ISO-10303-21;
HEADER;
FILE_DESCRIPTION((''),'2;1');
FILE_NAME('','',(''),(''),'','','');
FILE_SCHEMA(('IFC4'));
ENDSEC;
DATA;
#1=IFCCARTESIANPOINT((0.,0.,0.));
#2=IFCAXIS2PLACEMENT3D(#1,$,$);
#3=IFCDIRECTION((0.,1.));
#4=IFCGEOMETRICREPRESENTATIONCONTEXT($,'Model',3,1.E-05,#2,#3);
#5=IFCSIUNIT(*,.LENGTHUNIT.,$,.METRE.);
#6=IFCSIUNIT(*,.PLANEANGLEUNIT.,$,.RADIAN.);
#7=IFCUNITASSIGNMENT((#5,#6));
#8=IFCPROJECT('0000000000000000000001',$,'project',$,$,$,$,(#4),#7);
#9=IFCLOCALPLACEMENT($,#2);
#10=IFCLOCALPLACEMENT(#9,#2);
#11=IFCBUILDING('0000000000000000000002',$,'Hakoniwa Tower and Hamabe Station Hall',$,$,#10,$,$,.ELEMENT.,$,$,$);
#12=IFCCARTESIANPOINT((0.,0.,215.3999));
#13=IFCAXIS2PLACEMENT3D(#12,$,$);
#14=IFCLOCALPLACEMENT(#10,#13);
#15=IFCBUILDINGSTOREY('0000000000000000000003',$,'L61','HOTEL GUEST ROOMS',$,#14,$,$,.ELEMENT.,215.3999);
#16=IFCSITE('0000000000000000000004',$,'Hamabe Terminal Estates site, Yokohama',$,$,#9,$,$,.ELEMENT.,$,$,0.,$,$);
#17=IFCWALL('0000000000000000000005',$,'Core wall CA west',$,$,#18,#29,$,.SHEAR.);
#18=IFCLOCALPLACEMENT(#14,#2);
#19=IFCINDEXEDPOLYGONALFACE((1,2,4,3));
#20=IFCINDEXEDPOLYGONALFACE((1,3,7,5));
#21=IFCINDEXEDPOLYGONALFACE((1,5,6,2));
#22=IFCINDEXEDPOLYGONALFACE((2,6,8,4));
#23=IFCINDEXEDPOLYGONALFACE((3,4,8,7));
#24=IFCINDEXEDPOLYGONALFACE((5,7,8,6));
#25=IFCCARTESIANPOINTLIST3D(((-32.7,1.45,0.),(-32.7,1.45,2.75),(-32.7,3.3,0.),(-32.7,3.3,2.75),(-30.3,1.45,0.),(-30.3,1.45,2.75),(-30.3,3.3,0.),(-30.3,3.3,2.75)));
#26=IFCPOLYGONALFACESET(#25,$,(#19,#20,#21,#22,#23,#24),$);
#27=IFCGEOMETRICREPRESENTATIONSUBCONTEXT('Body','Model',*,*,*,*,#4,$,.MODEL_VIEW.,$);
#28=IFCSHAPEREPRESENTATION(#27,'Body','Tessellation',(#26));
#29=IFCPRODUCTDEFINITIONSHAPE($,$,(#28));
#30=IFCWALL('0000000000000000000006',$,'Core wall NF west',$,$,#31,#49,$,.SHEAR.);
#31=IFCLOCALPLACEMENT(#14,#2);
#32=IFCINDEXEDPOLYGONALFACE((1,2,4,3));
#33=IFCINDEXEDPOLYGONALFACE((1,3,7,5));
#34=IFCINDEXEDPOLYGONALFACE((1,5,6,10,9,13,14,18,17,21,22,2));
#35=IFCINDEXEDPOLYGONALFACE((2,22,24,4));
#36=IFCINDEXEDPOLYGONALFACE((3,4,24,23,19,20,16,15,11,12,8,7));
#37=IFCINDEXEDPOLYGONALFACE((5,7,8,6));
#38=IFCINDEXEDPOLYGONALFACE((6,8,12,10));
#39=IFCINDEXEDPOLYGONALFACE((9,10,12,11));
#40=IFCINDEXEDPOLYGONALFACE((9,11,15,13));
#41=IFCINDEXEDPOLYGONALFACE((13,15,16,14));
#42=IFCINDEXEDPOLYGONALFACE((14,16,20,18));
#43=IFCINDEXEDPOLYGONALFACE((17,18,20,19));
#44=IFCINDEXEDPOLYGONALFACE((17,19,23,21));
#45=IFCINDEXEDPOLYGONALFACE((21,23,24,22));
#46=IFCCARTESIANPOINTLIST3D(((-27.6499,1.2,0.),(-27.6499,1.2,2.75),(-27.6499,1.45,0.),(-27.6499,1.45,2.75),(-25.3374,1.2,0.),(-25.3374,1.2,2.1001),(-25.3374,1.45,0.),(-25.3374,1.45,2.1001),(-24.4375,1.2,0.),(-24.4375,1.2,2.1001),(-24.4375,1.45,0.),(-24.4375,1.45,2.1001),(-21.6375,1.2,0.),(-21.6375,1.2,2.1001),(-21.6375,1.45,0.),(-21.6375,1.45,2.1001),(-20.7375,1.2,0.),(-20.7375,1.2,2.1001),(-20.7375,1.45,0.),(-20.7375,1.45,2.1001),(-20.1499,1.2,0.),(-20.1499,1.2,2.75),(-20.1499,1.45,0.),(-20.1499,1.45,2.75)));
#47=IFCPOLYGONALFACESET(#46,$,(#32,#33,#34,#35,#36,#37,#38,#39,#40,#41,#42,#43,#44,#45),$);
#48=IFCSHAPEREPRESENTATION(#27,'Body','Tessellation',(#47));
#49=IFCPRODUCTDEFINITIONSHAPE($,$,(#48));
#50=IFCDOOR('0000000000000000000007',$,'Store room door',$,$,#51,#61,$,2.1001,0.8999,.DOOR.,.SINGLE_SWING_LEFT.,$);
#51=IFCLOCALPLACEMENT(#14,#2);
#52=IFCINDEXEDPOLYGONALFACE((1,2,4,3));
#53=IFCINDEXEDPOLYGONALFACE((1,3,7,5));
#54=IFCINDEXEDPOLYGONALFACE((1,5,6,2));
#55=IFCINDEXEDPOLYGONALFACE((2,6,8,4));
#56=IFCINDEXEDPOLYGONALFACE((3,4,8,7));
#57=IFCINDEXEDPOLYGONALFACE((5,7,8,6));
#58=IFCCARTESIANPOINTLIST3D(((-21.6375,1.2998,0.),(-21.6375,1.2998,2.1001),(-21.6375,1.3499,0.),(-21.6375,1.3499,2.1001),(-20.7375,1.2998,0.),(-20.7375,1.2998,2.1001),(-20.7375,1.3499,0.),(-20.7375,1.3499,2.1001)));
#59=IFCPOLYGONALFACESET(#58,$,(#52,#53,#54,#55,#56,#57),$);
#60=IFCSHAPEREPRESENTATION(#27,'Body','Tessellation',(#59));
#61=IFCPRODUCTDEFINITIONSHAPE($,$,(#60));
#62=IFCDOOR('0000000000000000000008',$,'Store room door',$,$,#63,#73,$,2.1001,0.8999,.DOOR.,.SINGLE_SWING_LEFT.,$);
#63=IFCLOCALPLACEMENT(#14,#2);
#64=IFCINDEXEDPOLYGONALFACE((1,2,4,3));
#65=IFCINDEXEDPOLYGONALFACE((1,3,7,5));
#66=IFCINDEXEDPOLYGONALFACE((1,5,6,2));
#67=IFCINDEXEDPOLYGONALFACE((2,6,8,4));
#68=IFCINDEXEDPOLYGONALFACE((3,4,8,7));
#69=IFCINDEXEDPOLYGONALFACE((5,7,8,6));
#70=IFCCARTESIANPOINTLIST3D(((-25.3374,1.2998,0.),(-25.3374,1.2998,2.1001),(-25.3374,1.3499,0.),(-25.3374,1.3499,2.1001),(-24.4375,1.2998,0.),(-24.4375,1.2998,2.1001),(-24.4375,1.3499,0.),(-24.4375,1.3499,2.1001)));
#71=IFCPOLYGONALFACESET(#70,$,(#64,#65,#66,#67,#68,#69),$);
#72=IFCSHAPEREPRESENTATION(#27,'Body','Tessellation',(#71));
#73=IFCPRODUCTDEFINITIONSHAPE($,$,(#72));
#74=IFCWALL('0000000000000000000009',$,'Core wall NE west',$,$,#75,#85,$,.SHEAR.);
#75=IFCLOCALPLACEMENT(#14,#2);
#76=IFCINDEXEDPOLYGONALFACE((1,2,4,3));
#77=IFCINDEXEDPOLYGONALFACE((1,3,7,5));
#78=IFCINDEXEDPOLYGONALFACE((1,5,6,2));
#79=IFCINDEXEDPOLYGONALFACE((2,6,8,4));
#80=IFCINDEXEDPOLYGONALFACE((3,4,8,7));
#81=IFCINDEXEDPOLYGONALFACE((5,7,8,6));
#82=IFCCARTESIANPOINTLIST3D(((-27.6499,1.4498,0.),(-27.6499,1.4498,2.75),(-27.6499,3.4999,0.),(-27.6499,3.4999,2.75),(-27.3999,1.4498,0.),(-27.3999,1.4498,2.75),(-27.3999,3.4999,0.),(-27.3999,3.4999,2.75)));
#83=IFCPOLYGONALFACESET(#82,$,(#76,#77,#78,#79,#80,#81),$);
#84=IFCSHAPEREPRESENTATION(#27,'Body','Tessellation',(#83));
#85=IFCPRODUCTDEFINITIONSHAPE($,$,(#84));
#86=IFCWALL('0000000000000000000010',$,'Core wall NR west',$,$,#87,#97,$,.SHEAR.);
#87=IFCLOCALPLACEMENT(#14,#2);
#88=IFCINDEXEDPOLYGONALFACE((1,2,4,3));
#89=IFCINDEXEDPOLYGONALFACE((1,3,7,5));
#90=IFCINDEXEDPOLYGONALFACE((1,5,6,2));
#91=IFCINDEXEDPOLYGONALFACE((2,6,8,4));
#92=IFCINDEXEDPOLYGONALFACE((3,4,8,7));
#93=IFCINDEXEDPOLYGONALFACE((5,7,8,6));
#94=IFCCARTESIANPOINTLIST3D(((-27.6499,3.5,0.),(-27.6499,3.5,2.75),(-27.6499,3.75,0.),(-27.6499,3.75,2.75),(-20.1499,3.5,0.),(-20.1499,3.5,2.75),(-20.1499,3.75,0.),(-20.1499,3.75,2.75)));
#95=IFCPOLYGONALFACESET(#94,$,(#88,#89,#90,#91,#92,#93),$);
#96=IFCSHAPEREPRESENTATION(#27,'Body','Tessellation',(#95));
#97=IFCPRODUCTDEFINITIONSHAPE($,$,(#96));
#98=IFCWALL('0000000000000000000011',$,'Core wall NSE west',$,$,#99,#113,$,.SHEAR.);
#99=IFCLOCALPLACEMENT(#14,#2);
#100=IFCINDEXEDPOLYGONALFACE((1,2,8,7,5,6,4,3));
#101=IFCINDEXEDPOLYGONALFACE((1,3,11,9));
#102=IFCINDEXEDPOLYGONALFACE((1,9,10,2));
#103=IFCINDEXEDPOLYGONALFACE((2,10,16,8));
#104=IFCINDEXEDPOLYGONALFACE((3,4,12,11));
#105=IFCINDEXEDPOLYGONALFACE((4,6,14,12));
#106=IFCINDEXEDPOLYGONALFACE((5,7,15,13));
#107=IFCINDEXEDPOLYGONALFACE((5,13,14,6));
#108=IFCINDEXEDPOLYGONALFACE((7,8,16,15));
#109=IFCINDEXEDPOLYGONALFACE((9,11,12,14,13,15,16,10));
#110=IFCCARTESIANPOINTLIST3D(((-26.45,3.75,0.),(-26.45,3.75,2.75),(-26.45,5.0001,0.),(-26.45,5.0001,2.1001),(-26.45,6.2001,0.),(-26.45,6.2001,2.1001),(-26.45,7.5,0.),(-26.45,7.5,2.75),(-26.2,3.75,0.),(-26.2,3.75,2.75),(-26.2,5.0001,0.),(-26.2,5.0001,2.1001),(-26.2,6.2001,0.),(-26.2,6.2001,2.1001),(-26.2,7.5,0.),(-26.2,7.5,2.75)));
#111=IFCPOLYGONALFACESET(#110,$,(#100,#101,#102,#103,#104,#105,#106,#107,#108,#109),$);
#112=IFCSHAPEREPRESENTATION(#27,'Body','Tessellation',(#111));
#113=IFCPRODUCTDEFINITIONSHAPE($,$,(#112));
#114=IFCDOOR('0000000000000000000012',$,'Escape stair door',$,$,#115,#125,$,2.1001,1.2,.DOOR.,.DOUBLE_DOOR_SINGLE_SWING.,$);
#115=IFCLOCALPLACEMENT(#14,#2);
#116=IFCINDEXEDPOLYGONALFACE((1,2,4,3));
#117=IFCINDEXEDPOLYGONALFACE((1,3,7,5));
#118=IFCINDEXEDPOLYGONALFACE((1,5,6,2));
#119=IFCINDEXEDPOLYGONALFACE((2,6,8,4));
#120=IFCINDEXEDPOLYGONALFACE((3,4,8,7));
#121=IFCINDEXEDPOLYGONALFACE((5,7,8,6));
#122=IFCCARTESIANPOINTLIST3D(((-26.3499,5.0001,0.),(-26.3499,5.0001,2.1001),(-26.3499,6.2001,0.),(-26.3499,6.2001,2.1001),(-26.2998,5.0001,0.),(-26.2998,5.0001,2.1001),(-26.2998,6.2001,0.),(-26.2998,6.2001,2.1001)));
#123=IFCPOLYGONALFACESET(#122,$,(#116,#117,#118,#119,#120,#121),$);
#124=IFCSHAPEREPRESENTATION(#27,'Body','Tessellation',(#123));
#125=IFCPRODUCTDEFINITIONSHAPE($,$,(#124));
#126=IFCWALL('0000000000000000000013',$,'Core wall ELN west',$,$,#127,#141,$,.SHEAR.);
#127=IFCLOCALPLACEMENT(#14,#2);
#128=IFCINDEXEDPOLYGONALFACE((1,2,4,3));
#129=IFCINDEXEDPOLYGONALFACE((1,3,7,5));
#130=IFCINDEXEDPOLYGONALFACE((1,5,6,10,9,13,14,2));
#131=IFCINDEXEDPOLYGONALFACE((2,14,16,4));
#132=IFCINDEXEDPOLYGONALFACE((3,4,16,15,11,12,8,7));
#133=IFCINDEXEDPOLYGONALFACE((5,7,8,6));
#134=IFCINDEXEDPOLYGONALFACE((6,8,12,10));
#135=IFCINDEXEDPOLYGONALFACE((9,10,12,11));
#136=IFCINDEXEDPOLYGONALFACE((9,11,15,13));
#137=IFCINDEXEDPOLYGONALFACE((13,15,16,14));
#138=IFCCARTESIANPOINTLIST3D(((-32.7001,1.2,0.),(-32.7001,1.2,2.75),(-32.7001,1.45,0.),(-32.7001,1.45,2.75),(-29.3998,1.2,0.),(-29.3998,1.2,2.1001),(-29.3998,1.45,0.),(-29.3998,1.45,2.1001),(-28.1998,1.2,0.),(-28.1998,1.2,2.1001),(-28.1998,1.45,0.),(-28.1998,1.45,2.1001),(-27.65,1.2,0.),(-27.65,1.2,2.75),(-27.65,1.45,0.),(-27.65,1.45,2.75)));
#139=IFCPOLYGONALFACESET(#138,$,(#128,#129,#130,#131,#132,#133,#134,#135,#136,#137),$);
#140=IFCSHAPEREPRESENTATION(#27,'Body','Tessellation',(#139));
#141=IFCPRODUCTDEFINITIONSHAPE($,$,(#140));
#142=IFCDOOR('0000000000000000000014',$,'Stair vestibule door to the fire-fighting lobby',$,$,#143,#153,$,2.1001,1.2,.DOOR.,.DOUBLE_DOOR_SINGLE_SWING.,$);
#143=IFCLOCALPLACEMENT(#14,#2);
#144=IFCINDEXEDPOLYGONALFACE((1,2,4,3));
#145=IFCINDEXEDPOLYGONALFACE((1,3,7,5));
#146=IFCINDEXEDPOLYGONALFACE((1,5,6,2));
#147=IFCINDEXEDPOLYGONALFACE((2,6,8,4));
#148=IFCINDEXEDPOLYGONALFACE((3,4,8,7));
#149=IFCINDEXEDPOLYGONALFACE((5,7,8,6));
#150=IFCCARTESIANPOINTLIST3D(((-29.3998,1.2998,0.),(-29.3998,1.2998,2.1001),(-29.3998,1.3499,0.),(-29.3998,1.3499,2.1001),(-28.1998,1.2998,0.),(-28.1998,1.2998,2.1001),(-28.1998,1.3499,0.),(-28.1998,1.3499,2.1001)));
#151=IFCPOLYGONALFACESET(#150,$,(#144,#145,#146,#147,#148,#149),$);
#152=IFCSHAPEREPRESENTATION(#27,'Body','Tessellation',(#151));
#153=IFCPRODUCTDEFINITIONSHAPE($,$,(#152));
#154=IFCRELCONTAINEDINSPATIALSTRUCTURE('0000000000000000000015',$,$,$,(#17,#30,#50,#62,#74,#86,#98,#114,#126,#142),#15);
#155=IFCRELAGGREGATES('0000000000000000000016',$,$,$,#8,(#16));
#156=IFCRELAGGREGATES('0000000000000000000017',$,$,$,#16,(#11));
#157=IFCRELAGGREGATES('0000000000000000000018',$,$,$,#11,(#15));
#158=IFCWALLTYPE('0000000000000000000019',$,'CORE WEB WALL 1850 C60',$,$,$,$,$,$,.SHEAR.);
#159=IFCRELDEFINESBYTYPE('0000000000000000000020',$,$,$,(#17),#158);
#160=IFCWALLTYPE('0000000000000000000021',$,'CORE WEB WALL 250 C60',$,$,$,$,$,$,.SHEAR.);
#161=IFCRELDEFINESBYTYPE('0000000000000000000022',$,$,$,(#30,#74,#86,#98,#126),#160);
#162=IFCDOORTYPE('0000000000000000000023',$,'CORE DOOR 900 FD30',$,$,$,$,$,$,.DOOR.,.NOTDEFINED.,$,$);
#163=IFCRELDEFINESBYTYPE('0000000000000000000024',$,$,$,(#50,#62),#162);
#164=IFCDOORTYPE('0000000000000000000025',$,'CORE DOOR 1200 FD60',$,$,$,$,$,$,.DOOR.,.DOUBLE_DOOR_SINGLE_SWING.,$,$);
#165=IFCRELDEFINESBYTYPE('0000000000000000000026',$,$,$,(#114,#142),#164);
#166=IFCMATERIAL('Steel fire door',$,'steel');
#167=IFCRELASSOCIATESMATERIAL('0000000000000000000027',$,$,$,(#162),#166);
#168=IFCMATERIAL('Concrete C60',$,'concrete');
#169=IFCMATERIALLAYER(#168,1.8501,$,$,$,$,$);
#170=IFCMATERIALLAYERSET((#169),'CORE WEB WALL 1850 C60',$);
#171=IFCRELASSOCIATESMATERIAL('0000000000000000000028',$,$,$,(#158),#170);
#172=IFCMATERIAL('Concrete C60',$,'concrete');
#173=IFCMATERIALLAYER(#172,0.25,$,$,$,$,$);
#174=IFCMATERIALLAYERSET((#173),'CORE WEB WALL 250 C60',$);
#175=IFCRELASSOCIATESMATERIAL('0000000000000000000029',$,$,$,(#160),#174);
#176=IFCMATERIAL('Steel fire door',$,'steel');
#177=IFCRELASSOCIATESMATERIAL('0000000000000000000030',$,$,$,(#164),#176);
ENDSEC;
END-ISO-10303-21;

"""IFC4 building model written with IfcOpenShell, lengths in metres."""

from ifc_helpers import new_model, si_unit, direction, frame, frame_2d, origin, place, context, subcontext, project, spatial, rectangle, extrude, material, layer, layer_set, type_object, element, fill, save


model = new_model("IFC4")

# Units and contexts
model_context = context("Model", 3, precision=1e-05, world=origin(), true_north=direction((0.0, 1.0)))
body_context = subcontext(model_context, "Body", "Model", "MODEL_VIEW")
ifc_project = project(units=[si_unit("LENGTHUNIT", "METRE"), si_unit("PLANEANGLEUNIT", "RADIAN")], contexts=[model_context])

# Site, building, storey
site_placement = place(None, origin())
site = spatial("IfcSite", under=ifc_project, at=site_placement, Name="Hamabe Terminal Estates site, Yokohama", CompositionType="ELEMENT", RefElevation=0.0)
building_placement = place(site_placement, origin())
building = spatial("IfcBuilding", under=site, at=building_placement, Name="Hakoniwa Tower and Hamabe Station Hall", CompositionType="ELEMENT")
storey_placement = place(building_placement, frame((0.0, 0.0, 215.3999)))
storey = spatial("IfcBuildingStorey", under=building, at=storey_placement, Name="L61", Description="HOTEL GUEST ROOMS", CompositionType="ELEMENT", Elevation=215.3999)

# Shared definitions
ifc_material_1 = material(Name="Steel fire door", Category="steel")
door_type_1 = type_object("IfcDoorType", Name="CORE DOOR 900 FD30", OperationType="NOTDEFINED", PredefinedType="DOOR", material=ifc_material_1)

# Wall
ifc_material_2 = material(Name="Concrete C60", Category="concrete")
ifc_layer_1 = layer(ifc_material_2, 1.8501)
ifc_layer_set_1 = layer_set([ifc_layer_1], Name="CORE WEB WALL 1850 C60")
wall_type_1 = type_object("IfcWallType", Name="CORE WEB WALL 1850 C60", PredefinedType="SHEAR", material=ifc_layer_set_1)
wall_1_placement = place(storey_placement, frame((-32.7, 2.375, 0.0), z_axis=(0.0, 0.0, 1.0), x_axis=(1.0, 0.0, 0.0)))
element("IfcWall", 1, at=wall_1_placement, inside=storey, type_object=wall_type_1, Name="Core wall CA west", PredefinedType="SHEAR", context=body_context, shape_type="SweptSolid", body=[
    extrude(rectangle(XDim=2.3999, YDim=1.8501, at=frame_2d((1.2, 0.0))), origin(), (0.0, 0.0, 1.0), 2.75),
])

# Wall, openings, doors
ifc_material_3 = material(Name="Concrete C60", Category="concrete")
ifc_layer_2 = layer(ifc_material_3, 0.25)
ifc_layer_set_2 = layer_set([ifc_layer_2], Name="CORE WEB WALL 250 C60")
wall_type_2 = type_object("IfcWallType", Name="CORE WEB WALL 250 C60", PredefinedType="SHEAR", material=ifc_layer_set_2)
wall_2_placement = place(storey_placement, frame((-27.6499, 1.325, 0.0), z_axis=(0.0, 0.0, 1.0), x_axis=(1.0, 0.0, 0.0)))
wall_2 = element("IfcWall", 2, at=wall_2_placement, inside=storey, type_object=wall_type_2, Name="Core wall NF west", PredefinedType="SHEAR", context=body_context, shape_type="SweptSolid", body=[
    extrude(rectangle(XDim=7.5, YDim=0.25, at=frame_2d((3.75, 0.0))), origin(), (0.0, 0.0, 1.0), 2.75),
])
opening_1_placement = place(wall_2_placement, frame((6.0125, 0.0, 0.0)))
opening_1 = element("IfcOpeningElement", 3, at=opening_1_placement, cuts=wall_2, PredefinedType="OPENING", context=body_context, shape_type="SweptSolid", body=[
    extrude(rectangle(XDim=0.8999, YDim=2.1001, at=frame_2d((0.45, 1.05))), frame((0.0, 0.135, 0.0), z_axis=(0.0, -1.0, 0.0), x_axis=(1.0, 0.0, 0.0)), (0.0, 0.0, 1.0), 0.27),
])
opening_2_placement = place(wall_2_placement, frame((2.3125, 0.0, 0.0)))
opening_2 = element("IfcOpeningElement", 4, at=opening_2_placement, cuts=wall_2, PredefinedType="OPENING", context=body_context, shape_type="SweptSolid", body=[
    extrude(rectangle(XDim=0.8999, YDim=2.1001, at=frame_2d((0.45, 1.05))), frame((0.0, 0.135, 0.0), z_axis=(0.0, -1.0, 0.0), x_axis=(1.0, 0.0, 0.0)), (0.0, 0.0, 1.0), 0.27),
])
door_1_placement = place(opening_1_placement, origin())
door_1 = element("IfcDoor", 5, at=door_1_placement, inside=storey, type_object=door_type_1, Name="Store room door", OperationType="SINGLE_SWING_LEFT", OverallHeight=2.1001, OverallWidth=0.8999, PredefinedType="DOOR", context=body_context, shape_type="SweptSolid", body=[
    extrude(rectangle(XDim=0.8999, YDim=2.1001, at=frame_2d((0.45, 1.05))), frame((0.0, 0.0249, 0.0), z_axis=(0.0, -1.0, 0.0), x_axis=(1.0, 0.0, 0.0)), (0.0, 0.0, 1.0), 0.05),
])
fill(opening_1, door_1)
door_2_placement = place(opening_2_placement, origin())
door_2 = element("IfcDoor", 6, at=door_2_placement, inside=storey, type_object=door_type_1, Name="Store room door", OperationType="SINGLE_SWING_LEFT", OverallHeight=2.1001, OverallWidth=0.8999, PredefinedType="DOOR", context=body_context, shape_type="SweptSolid", body=[
    extrude(rectangle(XDim=0.8999, YDim=2.1001, at=frame_2d((0.45, 1.05))), frame((0.0, 0.0249, 0.0), z_axis=(0.0, -1.0, 0.0), x_axis=(1.0, 0.0, 0.0)), (0.0, 0.0, 1.0), 0.05),
])
fill(opening_2, door_2)

# Walls
wall_3_placement = place(storey_placement, frame((-27.5249, 1.45, 0.0), z_axis=(0.0, 0.0, 1.0), x_axis=(0.0, 1.0, 0.0)))
element("IfcWall", 7, at=wall_3_placement, inside=storey, type_object=wall_type_2, Name="Core wall NE west", PredefinedType="SHEAR", context=body_context, shape_type="SweptSolid", body=[
    extrude(rectangle(XDim=2.05, YDim=0.25, at=frame_2d((1.0249, 0.0))), origin(), (0.0, 0.0, 1.0), 2.75),
])
wall_4_placement = place(storey_placement, frame((-27.6499, 3.625, 0.0), z_axis=(0.0, 0.0, 1.0), x_axis=(1.0, 0.0, 0.0)))
element("IfcWall", 8, at=wall_4_placement, inside=storey, type_object=wall_type_2, Name="Core wall NR west", PredefinedType="SHEAR", context=body_context, shape_type="SweptSolid", body=[
    extrude(rectangle(XDim=7.5, YDim=0.25, at=frame_2d((3.75, 0.0))), origin(), (0.0, 0.0, 1.0), 2.75),
])

# Walls, openings, doors
wall_5_placement = place(storey_placement, frame((-26.325, 3.75, 0.0), z_axis=(0.0, 0.0, 1.0), x_axis=(0.0, 1.0, 0.0)))
wall_5 = element("IfcWall", 9, at=wall_5_placement, inside=storey, type_object=wall_type_2, Name="Core wall NSE west", PredefinedType="SHEAR", context=body_context, shape_type="SweptSolid", body=[
    extrude(rectangle(XDim=3.75, YDim=0.25, at=frame_2d((1.875, 0.0))), origin(), (0.0, 0.0, 1.0), 2.75),
])
opening_3_placement = place(wall_5_placement, frame((1.25, 0.0, 0.0)))
opening_3 = element("IfcOpeningElement", 10, at=opening_3_placement, cuts=wall_5, PredefinedType="OPENING", context=body_context, shape_type="SweptSolid", body=[
    extrude(rectangle(XDim=1.2, YDim=2.1001, at=frame_2d((0.6001, 1.05))), frame((0.0, 0.135, 0.0), z_axis=(0.0, -1.0, 0.0), x_axis=(1.0, 0.0, 0.0)), (0.0, 0.0, 1.0), 0.27),
])
ifc_material_4 = material(Name="Steel fire door", Category="steel")
door_type_2 = type_object("IfcDoorType", Name="CORE DOOR 1200 FD60", OperationType="DOUBLE_DOOR_SINGLE_SWING", PredefinedType="DOOR", material=ifc_material_4)
door_3_placement = place(opening_3_placement, origin())
door_3 = element("IfcDoor", 11, at=door_3_placement, inside=storey, type_object=door_type_2, Name="Escape stair door", OperationType="DOUBLE_DOOR_SINGLE_SWING", OverallHeight=2.1001, OverallWidth=1.2, PredefinedType="DOOR", context=body_context, shape_type="SweptSolid", body=[
    extrude(rectangle(XDim=1.2, YDim=2.1001, at=frame_2d((0.6001, 1.05))), frame((0.0, 0.0249, 0.0), z_axis=(0.0, -1.0, 0.0), x_axis=(1.0, 0.0, 0.0)), (0.0, 0.0, 1.0), 0.05),
])
fill(opening_3, door_3)
wall_6_placement = place(storey_placement, frame((-32.7, 1.325, 0.0), z_axis=(0.0, 0.0, 1.0), x_axis=(1.0, 0.0, 0.0)))
wall_6 = element("IfcWall", 12, at=wall_6_placement, inside=storey, type_object=wall_type_2, Name="Core wall ELN west", PredefinedType="SHEAR", context=body_context, shape_type="SweptSolid", body=[
    extrude(rectangle(XDim=5.05, YDim=0.25, at=frame_2d((2.5249, 0.0))), origin(), (0.0, 0.0, 1.0), 2.75),
])
opening_4_placement = place(wall_6_placement, frame((3.3, 0.0, 0.0)))
opening_4 = element("IfcOpeningElement", 13, at=opening_4_placement, cuts=wall_6, PredefinedType="OPENING", context=body_context, shape_type="SweptSolid", body=[
    extrude(rectangle(XDim=1.2, YDim=2.1001, at=frame_2d((0.6001, 1.05))), frame((0.0, 0.135, 0.0), z_axis=(0.0, -1.0, 0.0), x_axis=(1.0, 0.0, 0.0)), (0.0, 0.0, 1.0), 0.27),
])
door_4_placement = place(opening_4_placement, origin())
door_4 = element("IfcDoor", 14, at=door_4_placement, inside=storey, type_object=door_type_2, Name="Stair vestibule door to the fire-fighting lobby", OperationType="DOUBLE_DOOR_SINGLE_SWING", OverallHeight=2.1001, OverallWidth=1.2, PredefinedType="DOOR", context=body_context, shape_type="SweptSolid", body=[
    extrude(rectangle(XDim=1.2, YDim=2.1001, at=frame_2d((0.6001, 1.05))), frame((0.0, 0.0249, 0.0), z_axis=(0.0, -1.0, 0.0), x_axis=(1.0, 0.0, 0.0)), (0.0, 0.0, 1.0), 0.05),
])
fill(opening_4, door_4)

save(model, "model.ifc")
